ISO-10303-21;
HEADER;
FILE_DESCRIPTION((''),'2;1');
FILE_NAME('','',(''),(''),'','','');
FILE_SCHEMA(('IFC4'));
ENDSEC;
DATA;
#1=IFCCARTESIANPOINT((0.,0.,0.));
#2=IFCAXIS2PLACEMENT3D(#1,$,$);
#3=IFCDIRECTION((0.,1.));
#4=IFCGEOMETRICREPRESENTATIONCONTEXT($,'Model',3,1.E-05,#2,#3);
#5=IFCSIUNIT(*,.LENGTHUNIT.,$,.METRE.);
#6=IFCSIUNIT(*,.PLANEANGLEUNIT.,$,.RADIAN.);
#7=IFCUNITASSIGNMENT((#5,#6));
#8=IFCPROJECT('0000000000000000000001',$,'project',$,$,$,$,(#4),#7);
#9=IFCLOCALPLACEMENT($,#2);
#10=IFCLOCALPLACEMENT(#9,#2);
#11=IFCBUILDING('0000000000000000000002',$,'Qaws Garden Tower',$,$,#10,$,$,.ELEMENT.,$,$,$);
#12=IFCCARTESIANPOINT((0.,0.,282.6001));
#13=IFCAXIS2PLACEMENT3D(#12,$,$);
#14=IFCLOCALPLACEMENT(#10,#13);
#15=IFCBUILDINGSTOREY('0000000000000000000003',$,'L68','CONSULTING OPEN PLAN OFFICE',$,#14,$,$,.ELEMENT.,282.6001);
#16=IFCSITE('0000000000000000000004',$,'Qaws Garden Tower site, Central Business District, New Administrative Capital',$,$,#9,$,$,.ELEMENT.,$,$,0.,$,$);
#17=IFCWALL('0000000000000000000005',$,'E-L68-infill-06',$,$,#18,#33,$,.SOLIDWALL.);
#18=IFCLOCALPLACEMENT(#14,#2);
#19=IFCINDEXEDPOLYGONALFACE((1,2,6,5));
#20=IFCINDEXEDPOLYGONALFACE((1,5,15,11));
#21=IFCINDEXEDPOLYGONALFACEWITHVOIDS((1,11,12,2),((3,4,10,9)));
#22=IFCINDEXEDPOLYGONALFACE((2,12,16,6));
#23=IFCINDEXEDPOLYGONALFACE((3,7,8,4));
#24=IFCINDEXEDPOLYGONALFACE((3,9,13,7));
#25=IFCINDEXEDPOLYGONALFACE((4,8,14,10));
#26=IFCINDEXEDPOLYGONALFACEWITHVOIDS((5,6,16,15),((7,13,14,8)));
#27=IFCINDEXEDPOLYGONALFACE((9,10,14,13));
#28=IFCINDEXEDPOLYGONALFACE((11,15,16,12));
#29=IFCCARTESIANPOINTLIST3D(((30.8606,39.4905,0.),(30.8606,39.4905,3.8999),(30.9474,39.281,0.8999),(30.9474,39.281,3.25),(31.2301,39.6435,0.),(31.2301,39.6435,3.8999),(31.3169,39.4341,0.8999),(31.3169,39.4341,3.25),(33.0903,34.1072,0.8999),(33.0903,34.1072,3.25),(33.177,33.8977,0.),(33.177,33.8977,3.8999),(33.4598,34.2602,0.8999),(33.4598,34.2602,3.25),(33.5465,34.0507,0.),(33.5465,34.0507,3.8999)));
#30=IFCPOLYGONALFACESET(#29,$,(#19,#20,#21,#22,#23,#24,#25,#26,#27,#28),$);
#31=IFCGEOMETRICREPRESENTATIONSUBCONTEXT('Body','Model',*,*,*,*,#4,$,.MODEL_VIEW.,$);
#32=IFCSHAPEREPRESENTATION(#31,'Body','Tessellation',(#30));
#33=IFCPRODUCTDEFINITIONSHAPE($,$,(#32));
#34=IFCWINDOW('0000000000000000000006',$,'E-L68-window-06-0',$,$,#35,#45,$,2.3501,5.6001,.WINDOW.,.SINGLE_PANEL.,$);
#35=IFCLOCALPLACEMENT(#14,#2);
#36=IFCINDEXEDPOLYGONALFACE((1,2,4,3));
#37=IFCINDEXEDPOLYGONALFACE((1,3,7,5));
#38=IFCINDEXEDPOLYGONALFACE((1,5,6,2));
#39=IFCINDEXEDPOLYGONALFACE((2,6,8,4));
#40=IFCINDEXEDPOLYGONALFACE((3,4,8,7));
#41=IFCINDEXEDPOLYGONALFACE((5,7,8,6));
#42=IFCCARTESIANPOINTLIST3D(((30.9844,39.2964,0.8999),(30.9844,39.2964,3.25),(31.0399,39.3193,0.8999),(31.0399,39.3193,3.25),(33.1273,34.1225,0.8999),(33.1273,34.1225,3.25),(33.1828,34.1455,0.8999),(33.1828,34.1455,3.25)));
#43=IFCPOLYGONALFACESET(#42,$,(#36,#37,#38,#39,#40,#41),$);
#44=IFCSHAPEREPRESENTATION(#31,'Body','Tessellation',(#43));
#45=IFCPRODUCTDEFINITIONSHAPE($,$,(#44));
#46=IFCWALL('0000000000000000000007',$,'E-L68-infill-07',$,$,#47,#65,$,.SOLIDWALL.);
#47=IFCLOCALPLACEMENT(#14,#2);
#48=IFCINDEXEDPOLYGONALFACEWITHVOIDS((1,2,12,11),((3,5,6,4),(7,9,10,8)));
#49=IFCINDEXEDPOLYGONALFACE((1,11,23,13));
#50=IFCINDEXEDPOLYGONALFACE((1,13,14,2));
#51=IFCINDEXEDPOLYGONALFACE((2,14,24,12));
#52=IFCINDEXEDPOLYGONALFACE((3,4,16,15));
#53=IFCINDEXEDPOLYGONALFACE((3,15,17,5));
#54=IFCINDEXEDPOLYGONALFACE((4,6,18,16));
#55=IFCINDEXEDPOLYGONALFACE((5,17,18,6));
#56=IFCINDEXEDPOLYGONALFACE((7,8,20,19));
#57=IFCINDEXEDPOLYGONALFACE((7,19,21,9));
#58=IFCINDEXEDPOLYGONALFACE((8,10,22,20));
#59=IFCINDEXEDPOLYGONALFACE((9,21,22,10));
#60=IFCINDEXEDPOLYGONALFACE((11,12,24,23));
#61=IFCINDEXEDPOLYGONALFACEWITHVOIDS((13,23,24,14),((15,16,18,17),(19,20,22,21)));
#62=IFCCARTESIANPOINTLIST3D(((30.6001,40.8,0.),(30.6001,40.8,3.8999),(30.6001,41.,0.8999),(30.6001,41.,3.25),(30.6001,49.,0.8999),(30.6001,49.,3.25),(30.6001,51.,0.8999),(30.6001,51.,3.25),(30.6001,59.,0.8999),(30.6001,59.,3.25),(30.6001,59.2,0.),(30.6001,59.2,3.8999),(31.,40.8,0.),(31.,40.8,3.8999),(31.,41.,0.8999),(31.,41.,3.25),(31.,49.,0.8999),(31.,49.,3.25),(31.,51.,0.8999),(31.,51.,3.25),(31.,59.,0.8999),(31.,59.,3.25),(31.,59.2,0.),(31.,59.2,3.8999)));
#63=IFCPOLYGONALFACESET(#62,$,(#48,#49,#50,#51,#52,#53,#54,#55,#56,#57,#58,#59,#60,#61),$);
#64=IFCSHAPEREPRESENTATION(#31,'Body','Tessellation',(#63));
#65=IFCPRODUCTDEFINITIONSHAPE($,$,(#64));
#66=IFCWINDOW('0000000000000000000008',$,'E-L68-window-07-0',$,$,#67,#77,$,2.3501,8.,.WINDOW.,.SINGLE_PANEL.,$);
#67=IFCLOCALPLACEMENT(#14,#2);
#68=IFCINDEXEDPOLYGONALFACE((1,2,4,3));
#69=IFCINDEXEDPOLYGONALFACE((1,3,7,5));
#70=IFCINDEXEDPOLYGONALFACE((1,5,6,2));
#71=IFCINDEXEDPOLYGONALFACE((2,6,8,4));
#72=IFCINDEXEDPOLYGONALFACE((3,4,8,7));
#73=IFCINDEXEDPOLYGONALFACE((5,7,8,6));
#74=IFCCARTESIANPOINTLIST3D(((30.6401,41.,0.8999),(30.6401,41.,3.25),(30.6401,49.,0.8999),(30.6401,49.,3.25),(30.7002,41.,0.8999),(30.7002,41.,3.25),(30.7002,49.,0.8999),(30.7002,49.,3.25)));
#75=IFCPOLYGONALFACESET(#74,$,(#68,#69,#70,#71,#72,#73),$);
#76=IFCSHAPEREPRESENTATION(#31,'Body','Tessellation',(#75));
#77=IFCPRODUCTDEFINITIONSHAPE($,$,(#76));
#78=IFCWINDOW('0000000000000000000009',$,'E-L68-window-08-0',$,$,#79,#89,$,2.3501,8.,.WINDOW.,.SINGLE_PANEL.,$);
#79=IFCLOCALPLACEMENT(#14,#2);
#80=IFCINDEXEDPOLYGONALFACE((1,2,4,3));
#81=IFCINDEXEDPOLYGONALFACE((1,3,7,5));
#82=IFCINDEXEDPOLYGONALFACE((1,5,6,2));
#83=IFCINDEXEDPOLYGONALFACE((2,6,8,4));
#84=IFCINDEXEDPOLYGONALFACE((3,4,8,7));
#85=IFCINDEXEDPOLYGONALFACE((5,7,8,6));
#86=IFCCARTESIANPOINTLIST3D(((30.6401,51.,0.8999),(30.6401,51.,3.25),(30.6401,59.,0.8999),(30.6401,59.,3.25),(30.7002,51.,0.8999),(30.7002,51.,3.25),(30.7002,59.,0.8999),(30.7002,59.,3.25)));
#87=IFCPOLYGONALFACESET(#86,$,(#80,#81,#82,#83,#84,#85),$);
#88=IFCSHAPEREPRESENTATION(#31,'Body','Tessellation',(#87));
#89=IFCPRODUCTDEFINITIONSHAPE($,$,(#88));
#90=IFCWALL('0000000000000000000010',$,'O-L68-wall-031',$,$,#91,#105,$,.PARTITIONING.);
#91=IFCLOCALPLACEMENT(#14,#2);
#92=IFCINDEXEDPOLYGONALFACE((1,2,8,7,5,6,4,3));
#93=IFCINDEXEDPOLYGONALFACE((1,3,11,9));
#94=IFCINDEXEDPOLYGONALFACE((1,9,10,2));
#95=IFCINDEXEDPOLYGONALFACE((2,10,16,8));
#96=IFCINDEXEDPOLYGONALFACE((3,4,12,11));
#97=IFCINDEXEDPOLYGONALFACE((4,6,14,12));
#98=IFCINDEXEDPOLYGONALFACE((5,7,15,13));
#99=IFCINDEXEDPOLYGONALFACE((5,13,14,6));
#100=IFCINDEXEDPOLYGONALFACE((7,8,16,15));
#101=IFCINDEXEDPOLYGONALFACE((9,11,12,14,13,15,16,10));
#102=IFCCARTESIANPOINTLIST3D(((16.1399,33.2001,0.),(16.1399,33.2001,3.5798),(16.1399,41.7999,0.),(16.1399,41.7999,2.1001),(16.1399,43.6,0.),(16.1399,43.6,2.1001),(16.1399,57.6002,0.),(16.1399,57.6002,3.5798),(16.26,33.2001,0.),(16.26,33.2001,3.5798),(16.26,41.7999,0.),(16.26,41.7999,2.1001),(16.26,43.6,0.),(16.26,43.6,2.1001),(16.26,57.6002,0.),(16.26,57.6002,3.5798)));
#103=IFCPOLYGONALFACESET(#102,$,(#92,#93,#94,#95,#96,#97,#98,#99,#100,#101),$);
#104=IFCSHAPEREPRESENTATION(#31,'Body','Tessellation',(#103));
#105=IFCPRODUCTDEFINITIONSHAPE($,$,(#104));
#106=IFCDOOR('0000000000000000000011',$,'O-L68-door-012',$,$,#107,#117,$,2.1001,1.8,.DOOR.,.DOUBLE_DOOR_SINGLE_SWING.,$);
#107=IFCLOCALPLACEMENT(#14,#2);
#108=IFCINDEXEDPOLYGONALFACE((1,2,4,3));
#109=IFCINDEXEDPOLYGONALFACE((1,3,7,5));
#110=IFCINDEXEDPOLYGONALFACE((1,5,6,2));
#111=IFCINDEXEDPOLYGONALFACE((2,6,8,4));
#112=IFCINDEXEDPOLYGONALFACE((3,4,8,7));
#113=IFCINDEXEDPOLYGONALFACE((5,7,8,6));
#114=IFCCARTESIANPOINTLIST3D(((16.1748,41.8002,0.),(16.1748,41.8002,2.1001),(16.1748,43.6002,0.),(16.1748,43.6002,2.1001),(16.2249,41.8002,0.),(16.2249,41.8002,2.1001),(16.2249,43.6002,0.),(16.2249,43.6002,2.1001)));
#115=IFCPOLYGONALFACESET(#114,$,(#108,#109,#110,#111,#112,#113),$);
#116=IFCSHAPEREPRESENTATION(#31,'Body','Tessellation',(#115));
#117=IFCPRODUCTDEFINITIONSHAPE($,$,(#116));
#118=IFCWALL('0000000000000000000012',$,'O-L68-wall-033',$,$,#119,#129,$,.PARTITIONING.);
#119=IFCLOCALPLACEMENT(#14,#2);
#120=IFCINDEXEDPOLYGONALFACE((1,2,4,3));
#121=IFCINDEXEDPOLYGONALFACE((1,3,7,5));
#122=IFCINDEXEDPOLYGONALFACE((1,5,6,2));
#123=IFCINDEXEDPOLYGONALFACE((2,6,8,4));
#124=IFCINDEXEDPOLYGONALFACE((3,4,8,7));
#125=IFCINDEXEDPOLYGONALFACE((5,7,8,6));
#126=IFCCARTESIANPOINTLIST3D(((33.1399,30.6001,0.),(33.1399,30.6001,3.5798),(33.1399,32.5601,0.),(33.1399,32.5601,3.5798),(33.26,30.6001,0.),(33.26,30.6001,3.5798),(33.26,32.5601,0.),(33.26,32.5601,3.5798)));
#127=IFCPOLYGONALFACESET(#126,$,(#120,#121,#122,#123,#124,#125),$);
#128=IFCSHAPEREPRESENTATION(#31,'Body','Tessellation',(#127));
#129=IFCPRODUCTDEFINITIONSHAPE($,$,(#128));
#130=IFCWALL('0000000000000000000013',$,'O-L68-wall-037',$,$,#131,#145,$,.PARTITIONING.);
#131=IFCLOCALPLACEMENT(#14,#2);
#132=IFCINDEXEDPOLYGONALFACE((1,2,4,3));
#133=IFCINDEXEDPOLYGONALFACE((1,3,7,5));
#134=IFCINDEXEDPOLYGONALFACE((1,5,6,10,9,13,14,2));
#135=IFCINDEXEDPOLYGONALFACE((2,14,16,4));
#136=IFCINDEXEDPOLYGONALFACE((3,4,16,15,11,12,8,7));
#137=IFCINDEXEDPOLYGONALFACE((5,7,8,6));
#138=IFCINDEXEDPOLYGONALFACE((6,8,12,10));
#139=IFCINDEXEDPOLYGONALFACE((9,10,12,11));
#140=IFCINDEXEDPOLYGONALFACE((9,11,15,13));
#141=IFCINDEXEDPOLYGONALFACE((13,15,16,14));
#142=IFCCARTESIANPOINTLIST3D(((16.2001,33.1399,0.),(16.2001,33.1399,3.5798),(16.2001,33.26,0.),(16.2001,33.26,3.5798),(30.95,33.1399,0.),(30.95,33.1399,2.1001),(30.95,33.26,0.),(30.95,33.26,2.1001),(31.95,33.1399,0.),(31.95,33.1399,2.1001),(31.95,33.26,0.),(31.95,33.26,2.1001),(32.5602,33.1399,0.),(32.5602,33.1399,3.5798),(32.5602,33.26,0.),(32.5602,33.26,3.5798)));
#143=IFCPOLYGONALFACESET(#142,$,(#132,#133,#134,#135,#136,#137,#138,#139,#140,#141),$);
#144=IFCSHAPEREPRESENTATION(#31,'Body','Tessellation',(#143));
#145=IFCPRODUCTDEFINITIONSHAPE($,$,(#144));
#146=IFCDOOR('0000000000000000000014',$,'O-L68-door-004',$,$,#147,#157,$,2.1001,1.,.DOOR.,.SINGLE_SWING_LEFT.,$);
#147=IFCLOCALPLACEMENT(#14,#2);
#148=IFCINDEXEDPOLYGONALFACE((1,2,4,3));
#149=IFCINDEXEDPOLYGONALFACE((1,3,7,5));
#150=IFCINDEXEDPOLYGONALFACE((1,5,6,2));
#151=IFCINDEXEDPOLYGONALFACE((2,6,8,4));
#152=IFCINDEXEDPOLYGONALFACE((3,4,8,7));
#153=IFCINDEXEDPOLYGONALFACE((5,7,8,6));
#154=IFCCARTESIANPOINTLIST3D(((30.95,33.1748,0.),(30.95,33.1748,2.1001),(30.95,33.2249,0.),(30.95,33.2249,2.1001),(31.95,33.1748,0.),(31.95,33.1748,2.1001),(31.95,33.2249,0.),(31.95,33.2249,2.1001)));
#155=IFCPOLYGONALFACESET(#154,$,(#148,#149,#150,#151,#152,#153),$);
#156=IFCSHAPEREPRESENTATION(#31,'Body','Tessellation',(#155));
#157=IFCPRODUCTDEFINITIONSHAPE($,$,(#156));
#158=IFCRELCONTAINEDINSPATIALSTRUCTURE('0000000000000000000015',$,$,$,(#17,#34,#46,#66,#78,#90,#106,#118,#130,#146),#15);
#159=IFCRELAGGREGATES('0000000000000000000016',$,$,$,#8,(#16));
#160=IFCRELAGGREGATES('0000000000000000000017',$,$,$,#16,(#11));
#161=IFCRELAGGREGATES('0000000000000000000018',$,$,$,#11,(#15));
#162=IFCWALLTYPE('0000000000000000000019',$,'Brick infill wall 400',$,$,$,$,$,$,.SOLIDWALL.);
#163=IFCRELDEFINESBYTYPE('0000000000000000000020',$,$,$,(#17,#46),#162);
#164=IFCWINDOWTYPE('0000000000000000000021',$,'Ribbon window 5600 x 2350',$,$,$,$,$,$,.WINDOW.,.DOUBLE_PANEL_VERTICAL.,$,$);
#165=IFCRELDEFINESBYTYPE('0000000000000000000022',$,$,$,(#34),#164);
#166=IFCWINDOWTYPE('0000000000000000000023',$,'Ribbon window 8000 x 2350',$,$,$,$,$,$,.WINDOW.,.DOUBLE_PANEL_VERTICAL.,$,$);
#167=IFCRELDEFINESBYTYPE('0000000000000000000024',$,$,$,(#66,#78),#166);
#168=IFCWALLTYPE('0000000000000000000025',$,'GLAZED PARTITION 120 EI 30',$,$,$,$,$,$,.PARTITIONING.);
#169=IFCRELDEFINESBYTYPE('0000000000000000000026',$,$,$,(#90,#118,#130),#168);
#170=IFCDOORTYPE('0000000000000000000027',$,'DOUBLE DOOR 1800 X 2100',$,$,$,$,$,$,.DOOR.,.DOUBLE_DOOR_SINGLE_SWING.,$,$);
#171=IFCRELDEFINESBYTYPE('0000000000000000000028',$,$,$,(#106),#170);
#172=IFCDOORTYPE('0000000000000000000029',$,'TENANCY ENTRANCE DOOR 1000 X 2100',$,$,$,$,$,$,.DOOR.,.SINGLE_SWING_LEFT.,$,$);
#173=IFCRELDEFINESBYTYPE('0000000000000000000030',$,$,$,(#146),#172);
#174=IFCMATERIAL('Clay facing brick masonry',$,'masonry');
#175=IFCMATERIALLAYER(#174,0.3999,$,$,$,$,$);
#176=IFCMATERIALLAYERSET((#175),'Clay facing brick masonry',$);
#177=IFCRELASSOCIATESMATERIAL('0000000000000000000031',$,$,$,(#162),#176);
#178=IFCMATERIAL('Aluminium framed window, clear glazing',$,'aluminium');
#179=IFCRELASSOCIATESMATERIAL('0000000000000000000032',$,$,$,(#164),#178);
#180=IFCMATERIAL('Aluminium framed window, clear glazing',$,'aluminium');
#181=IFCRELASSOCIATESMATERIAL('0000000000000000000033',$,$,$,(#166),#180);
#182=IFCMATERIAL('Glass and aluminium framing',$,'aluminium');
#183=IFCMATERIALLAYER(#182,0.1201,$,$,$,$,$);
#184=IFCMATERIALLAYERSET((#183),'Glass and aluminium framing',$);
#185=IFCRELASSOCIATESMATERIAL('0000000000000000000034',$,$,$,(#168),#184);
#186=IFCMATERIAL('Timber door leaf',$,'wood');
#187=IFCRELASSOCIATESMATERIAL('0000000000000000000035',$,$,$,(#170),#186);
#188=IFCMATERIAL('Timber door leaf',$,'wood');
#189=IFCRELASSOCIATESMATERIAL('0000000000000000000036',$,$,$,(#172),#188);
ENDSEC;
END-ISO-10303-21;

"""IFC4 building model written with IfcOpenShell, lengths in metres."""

from ifc_helpers import new_model, si_unit, direction, frame, frame_2d, origin, place, context, subcontext, project, spatial, rectangle, extrude, material, layer, layer_set, type_object, element, fill, save


model = new_model("IFC4")

# Units and contexts
model_context = context("Model", 3, precision=1e-05, world=origin(), true_north=direction((0.0, 1.0)))
body_context = subcontext(model_context, "Body", "Model", "MODEL_VIEW")
ifc_project = project(units=[si_unit("LENGTHUNIT", "METRE"), si_unit("PLANEANGLEUNIT", "RADIAN")], contexts=[model_context])

# Site, building, storey
site_placement = place(None, origin())
site = spatial("IfcSite", under=ifc_project, at=site_placement, Name="Qaws Garden Tower site, Central Business District, New Administrative Capital", CompositionType="ELEMENT", RefElevation=0.0)
building_placement = place(site_placement, origin())
building = spatial("IfcBuilding", under=site, at=building_placement, Name="Qaws Garden Tower", CompositionType="ELEMENT")
storey_placement = place(building_placement, frame((0.0, 0.0, 282.6001)))
storey = spatial("IfcBuildingStorey", under=building, at=storey_placement, Name="L68", Description="CONSULTING OPEN PLAN OFFICE", CompositionType="ELEMENT", Elevation=282.6001)

# Wall, opening, window
ifc_material_1 = material(Name="Clay facing brick masonry", Category="masonry")
ifc_layer_1 = layer(ifc_material_1, 0.3999)
ifc_layer_set_1 = layer_set([ifc_layer_1], Name="Clay facing brick masonry")
wall_type_1 = type_object("IfcWallType", Name="Brick infill wall 400", PredefinedType="SOLIDWALL", material=ifc_layer_set_1)
ifc_material_2 = material(Name="Aluminium framed window, clear glazing", Category="aluminium")
window_type_1 = type_object("IfcWindowType", Name="Ribbon window 5600 x 2350", PartitioningType="DOUBLE_PANEL_VERTICAL", PredefinedType="WINDOW", material=ifc_material_2)
wall_1_placement = place(storey_placement, frame((33.3618, 33.9741, 0.0), z_axis=(0.0, 0.0, 1.0), x_axis=(-0.382656, 0.923891, 0.0)))
wall_1 = element("IfcWall", 1, at=wall_1_placement, inside=storey, type_object=wall_type_1, Name="E-L68-infill-06", PredefinedType="SOLIDWALL", context=body_context, shape_type="SweptSolid", body=[
    extrude(rectangle(XDim=6.0535, YDim=0.3999, at=frame_2d((3.0269, 0.0))), origin(), (0.0, 0.0, 1.0), 3.8999),
])
opening_1_placement = place(wall_1_placement, frame((0.2268, 0.0, 0.8999)))
opening_1 = element("IfcOpeningElement", 2, at=opening_1_placement, cuts=wall_1, PredefinedType="OPENING", context=body_context, shape_type="SweptSolid", body=[
    extrude(rectangle(XDim=5.6001, YDim=2.3501, at=frame_2d((2.8, 1.175))), frame((0.0, 0.21, 0.0), z_axis=(0.0, -1.0, 0.0), x_axis=(1.0, 0.0, 0.0)), (0.0, 0.0, 1.0), 0.4199),
])
window_1_placement = place(opening_1_placement, origin())
window_1 = element("IfcWindow", 3, at=window_1_placement, inside=storey, type_object=window_type_1, Name="E-L68-window-06-0", OverallHeight=2.3501, OverallWidth=5.6001, PartitioningType="SINGLE_PANEL", PredefinedType="WINDOW", context=body_context, shape_type="SweptSolid", body=[
    extrude(rectangle(XDim=5.6001, YDim=2.3501, at=frame_2d((2.8, 1.175))), frame((0.0, 0.1599, 0.0), z_axis=(0.0, -1.0, 0.0), x_axis=(1.0, 0.0, 0.0)), (0.0, 0.0, 1.0), 0.0601),
])
fill(opening_1, window_1)

# Wall, openings, windows
wall_2_placement = place(storey_placement, frame((30.8, 40.8, 0.0), z_axis=(0.0, 0.0, 1.0), x_axis=(0.0, 1.0, 0.0)))
wall_2 = element("IfcWall", 4, at=wall_2_placement, inside=storey, type_object=wall_type_1, Name="E-L68-infill-07", PredefinedType="SOLIDWALL", context=body_context, shape_type="SweptSolid", body=[
    extrude(rectangle(XDim=18.3999, YDim=0.3999, at=frame_2d((9.2, 0.0))), origin(), (0.0, 0.0, 1.0), 3.8999),
])
opening_2_placement = place(wall_2_placement, frame((0.2, 0.0, 0.8999)))
opening_2 = element("IfcOpeningElement", 5, at=opening_2_placement, cuts=wall_2, PredefinedType="OPENING", context=body_context, shape_type="SweptSolid", body=[
    extrude(rectangle(XDim=8.0, YDim=2.3501, at=frame_2d((4.0, 1.175))), frame((0.0, 0.21, 0.0), z_axis=(0.0, -1.0, 0.0), x_axis=(1.0, 0.0, 0.0)), (0.0, 0.0, 1.0), 0.4199),
])
opening_3_placement = place(wall_2_placement, frame((10.2, 0.0, 0.8999)))
opening_3 = element("IfcOpeningElement", 6, at=opening_3_placement, cuts=wall_2, PredefinedType="OPENING", context=body_context, shape_type="SweptSolid", body=[
    extrude(rectangle(XDim=8.0, YDim=2.3501, at=frame_2d((4.0, 1.175))), frame((0.0, 0.21, 0.0), z_axis=(0.0, -1.0, 0.0), x_axis=(1.0, 0.0, 0.0)), (0.0, 0.0, 1.0), 0.4199),
])
ifc_material_3 = material(Name="Aluminium framed window, clear glazing", Category="aluminium")
window_type_2 = type_object("IfcWindowType", Name="Ribbon window 8000 x 2350", PartitioningType="DOUBLE_PANEL_VERTICAL", PredefinedType="WINDOW", material=ifc_material_3)
window_2_placement = place(opening_2_placement, origin())
window_2 = element("IfcWindow", 7, at=window_2_placement, inside=storey, type_object=window_type_2, Name="E-L68-window-07-0", OverallHeight=2.3501, OverallWidth=8.0, PartitioningType="SINGLE_PANEL", PredefinedType="WINDOW", context=body_context, shape_type="SweptSolid", body=[
    extrude(rectangle(XDim=8.0, YDim=2.3501, at=frame_2d((4.0, 1.175))), frame((0.0, 0.1599, 0.0), z_axis=(0.0, -1.0, 0.0), x_axis=(1.0, 0.0, 0.0)), (0.0, 0.0, 1.0), 0.0601),
])
fill(opening_2, window_2)
window_3_placement = place(opening_3_placement, origin())
window_3 = element("IfcWindow", 8, at=window_3_placement, inside=storey, type_object=window_type_2, Name="E-L68-window-08-0", OverallHeight=2.3501, OverallWidth=8.0, PartitioningType="SINGLE_PANEL", PredefinedType="WINDOW", context=body_context, shape_type="SweptSolid", body=[
    extrude(rectangle(XDim=8.0, YDim=2.3501, at=frame_2d((4.0, 1.175))), frame((0.0, 0.1599, 0.0), z_axis=(0.0, -1.0, 0.0), x_axis=(1.0, 0.0, 0.0)), (0.0, 0.0, 1.0), 0.0601),
])
fill(opening_3, window_3)

# Wall, opening, door
ifc_material_4 = material(Name="Glass and aluminium framing", Category="aluminium")
ifc_layer_2 = layer(ifc_material_4, 0.1201)
ifc_layer_set_2 = layer_set([ifc_layer_2], Name="Glass and aluminium framing")
wall_type_2 = type_object("IfcWallType", Name="GLAZED PARTITION 120 EI 30", PredefinedType="PARTITIONING", material=ifc_layer_set_2)
wall_3_placement = place(storey_placement, frame((16.2, 33.2, 0.0), z_axis=(0.0, 0.0, 1.0), x_axis=(0.0, 1.0, 0.0)))
wall_3 = element("IfcWall", 9, at=wall_3_placement, inside=storey, type_object=wall_type_2, Name="O-L68-wall-031", PredefinedType="PARTITIONING", context=body_context, shape_type="SweptSolid", body=[
    extrude(rectangle(XDim=24.4001, YDim=0.1201, at=frame_2d((12.2002, 0.0))), origin(), (0.0, 0.0, 1.0), 3.5798),
])
opening_4_placement = place(wall_3_placement, frame((8.6001, 0.0, 0.0)))
opening_4 = element("IfcOpeningElement", 10, at=opening_4_placement, cuts=wall_3, PredefinedType="OPENING", context=body_context, shape_type="SweptSolid", body=[
    extrude(rectangle(XDim=1.8, YDim=2.1001, at=frame_2d((0.8999, 1.05))), frame((0.0, 0.0701, 0.0), z_axis=(0.0, -1.0, 0.0), x_axis=(1.0, 0.0, 0.0)), (0.0, 0.0, 1.0), 0.1401),
])
ifc_material_5 = material(Name="Timber door leaf", Category="wood")
door_type_1 = type_object("IfcDoorType", Name="DOUBLE DOOR 1800 X 2100", OperationType="DOUBLE_DOOR_SINGLE_SWING", PredefinedType="DOOR", material=ifc_material_5)
door_1_placement = place(opening_4_placement, frame((1.8, 0.0, 0.0), z_axis=(0.0, 0.0, 1.0), x_axis=(-1.0, 0.0, 0.0)))
door_1 = element("IfcDoor", 11, at=door_1_placement, inside=storey, type_object=door_type_1, Name="O-L68-door-012", OperationType="DOUBLE_DOOR_SINGLE_SWING", OverallHeight=2.1001, OverallWidth=1.8, PredefinedType="DOOR", context=body_context, shape_type="SweptSolid", body=[
    extrude(rectangle(XDim=1.8, YDim=2.1001, at=frame_2d((0.8999, 1.05))), frame((0.0, 0.0249, 0.0), z_axis=(0.0, -1.0, 0.0), x_axis=(1.0, 0.0, 0.0)), (0.0, 0.0, 1.0), 0.05),
])
fill(opening_4, door_1)

# Wall
wall_4_placement = place(storey_placement, frame((33.2, 30.6001, 0.0), z_axis=(0.0, 0.0, 1.0), x_axis=(0.0, 1.0, 0.0)))
element("IfcWall", 12, at=wall_4_placement, inside=storey, type_object=wall_type_2, Name="O-L68-wall-033", PredefinedType="PARTITIONING", context=body_context, shape_type="SweptSolid", body=[
    extrude(rectangle(XDim=1.96, YDim=0.1201, at=frame_2d((0.98, 0.0))), origin(), (0.0, 0.0, 1.0), 3.5798),
])

# Wall, opening, door
wall_5_placement = place(storey_placement, frame((16.2, 33.2, 0.0), z_axis=(0.0, 0.0, 1.0), x_axis=(1.0, 0.0, 0.0)))
wall_5 = element("IfcWall", 13, at=wall_5_placement, inside=storey, type_object=wall_type_2, Name="O-L68-wall-037", PredefinedType="PARTITIONING", context=body_context, shape_type="SweptSolid", body=[
    extrude(rectangle(XDim=16.3601, YDim=0.1201, at=frame_2d((8.1802, 0.0))), origin(), (0.0, 0.0, 1.0), 3.5798),
])
opening_5_placement = place(wall_5_placement, frame((14.75, 0.0, 0.0)))
opening_5 = element("IfcOpeningElement", 14, at=opening_5_placement, cuts=wall_5, PredefinedType="OPENING", context=body_context, shape_type="SweptSolid", body=[
    extrude(rectangle(XDim=1.0, YDim=2.1001, at=frame_2d((0.5, 1.05))), frame((0.0, 0.0701, 0.0), z_axis=(0.0, -1.0, 0.0), x_axis=(1.0, 0.0, 0.0)), (0.0, 0.0, 1.0), 0.1401),
])
ifc_material_6 = material(Name="Timber door leaf", Category="wood")
door_type_2 = type_object("IfcDoorType", Name="TENANCY ENTRANCE DOOR 1000 X 2100", OperationType="SINGLE_SWING_LEFT", PredefinedType="DOOR", material=ifc_material_6)
door_2_placement = place(opening_5_placement, origin())
door_2 = element("IfcDoor", 15, at=door_2_placement, inside=storey, type_object=door_type_2, Name="O-L68-door-004", OperationType="SINGLE_SWING_LEFT", OverallHeight=2.1001, OverallWidth=1.0, PredefinedType="DOOR", context=body_context, shape_type="SweptSolid", body=[
    extrude(rectangle(XDim=1.0, YDim=2.1001, at=frame_2d((0.5, 1.05))), frame((0.0, 0.0249, 0.0), z_axis=(0.0, -1.0, 0.0), x_axis=(1.0, 0.0, 0.0)), (0.0, 0.0, 1.0), 0.05),
])
fill(opening_5, door_2)

save(model, "model.ifc")
